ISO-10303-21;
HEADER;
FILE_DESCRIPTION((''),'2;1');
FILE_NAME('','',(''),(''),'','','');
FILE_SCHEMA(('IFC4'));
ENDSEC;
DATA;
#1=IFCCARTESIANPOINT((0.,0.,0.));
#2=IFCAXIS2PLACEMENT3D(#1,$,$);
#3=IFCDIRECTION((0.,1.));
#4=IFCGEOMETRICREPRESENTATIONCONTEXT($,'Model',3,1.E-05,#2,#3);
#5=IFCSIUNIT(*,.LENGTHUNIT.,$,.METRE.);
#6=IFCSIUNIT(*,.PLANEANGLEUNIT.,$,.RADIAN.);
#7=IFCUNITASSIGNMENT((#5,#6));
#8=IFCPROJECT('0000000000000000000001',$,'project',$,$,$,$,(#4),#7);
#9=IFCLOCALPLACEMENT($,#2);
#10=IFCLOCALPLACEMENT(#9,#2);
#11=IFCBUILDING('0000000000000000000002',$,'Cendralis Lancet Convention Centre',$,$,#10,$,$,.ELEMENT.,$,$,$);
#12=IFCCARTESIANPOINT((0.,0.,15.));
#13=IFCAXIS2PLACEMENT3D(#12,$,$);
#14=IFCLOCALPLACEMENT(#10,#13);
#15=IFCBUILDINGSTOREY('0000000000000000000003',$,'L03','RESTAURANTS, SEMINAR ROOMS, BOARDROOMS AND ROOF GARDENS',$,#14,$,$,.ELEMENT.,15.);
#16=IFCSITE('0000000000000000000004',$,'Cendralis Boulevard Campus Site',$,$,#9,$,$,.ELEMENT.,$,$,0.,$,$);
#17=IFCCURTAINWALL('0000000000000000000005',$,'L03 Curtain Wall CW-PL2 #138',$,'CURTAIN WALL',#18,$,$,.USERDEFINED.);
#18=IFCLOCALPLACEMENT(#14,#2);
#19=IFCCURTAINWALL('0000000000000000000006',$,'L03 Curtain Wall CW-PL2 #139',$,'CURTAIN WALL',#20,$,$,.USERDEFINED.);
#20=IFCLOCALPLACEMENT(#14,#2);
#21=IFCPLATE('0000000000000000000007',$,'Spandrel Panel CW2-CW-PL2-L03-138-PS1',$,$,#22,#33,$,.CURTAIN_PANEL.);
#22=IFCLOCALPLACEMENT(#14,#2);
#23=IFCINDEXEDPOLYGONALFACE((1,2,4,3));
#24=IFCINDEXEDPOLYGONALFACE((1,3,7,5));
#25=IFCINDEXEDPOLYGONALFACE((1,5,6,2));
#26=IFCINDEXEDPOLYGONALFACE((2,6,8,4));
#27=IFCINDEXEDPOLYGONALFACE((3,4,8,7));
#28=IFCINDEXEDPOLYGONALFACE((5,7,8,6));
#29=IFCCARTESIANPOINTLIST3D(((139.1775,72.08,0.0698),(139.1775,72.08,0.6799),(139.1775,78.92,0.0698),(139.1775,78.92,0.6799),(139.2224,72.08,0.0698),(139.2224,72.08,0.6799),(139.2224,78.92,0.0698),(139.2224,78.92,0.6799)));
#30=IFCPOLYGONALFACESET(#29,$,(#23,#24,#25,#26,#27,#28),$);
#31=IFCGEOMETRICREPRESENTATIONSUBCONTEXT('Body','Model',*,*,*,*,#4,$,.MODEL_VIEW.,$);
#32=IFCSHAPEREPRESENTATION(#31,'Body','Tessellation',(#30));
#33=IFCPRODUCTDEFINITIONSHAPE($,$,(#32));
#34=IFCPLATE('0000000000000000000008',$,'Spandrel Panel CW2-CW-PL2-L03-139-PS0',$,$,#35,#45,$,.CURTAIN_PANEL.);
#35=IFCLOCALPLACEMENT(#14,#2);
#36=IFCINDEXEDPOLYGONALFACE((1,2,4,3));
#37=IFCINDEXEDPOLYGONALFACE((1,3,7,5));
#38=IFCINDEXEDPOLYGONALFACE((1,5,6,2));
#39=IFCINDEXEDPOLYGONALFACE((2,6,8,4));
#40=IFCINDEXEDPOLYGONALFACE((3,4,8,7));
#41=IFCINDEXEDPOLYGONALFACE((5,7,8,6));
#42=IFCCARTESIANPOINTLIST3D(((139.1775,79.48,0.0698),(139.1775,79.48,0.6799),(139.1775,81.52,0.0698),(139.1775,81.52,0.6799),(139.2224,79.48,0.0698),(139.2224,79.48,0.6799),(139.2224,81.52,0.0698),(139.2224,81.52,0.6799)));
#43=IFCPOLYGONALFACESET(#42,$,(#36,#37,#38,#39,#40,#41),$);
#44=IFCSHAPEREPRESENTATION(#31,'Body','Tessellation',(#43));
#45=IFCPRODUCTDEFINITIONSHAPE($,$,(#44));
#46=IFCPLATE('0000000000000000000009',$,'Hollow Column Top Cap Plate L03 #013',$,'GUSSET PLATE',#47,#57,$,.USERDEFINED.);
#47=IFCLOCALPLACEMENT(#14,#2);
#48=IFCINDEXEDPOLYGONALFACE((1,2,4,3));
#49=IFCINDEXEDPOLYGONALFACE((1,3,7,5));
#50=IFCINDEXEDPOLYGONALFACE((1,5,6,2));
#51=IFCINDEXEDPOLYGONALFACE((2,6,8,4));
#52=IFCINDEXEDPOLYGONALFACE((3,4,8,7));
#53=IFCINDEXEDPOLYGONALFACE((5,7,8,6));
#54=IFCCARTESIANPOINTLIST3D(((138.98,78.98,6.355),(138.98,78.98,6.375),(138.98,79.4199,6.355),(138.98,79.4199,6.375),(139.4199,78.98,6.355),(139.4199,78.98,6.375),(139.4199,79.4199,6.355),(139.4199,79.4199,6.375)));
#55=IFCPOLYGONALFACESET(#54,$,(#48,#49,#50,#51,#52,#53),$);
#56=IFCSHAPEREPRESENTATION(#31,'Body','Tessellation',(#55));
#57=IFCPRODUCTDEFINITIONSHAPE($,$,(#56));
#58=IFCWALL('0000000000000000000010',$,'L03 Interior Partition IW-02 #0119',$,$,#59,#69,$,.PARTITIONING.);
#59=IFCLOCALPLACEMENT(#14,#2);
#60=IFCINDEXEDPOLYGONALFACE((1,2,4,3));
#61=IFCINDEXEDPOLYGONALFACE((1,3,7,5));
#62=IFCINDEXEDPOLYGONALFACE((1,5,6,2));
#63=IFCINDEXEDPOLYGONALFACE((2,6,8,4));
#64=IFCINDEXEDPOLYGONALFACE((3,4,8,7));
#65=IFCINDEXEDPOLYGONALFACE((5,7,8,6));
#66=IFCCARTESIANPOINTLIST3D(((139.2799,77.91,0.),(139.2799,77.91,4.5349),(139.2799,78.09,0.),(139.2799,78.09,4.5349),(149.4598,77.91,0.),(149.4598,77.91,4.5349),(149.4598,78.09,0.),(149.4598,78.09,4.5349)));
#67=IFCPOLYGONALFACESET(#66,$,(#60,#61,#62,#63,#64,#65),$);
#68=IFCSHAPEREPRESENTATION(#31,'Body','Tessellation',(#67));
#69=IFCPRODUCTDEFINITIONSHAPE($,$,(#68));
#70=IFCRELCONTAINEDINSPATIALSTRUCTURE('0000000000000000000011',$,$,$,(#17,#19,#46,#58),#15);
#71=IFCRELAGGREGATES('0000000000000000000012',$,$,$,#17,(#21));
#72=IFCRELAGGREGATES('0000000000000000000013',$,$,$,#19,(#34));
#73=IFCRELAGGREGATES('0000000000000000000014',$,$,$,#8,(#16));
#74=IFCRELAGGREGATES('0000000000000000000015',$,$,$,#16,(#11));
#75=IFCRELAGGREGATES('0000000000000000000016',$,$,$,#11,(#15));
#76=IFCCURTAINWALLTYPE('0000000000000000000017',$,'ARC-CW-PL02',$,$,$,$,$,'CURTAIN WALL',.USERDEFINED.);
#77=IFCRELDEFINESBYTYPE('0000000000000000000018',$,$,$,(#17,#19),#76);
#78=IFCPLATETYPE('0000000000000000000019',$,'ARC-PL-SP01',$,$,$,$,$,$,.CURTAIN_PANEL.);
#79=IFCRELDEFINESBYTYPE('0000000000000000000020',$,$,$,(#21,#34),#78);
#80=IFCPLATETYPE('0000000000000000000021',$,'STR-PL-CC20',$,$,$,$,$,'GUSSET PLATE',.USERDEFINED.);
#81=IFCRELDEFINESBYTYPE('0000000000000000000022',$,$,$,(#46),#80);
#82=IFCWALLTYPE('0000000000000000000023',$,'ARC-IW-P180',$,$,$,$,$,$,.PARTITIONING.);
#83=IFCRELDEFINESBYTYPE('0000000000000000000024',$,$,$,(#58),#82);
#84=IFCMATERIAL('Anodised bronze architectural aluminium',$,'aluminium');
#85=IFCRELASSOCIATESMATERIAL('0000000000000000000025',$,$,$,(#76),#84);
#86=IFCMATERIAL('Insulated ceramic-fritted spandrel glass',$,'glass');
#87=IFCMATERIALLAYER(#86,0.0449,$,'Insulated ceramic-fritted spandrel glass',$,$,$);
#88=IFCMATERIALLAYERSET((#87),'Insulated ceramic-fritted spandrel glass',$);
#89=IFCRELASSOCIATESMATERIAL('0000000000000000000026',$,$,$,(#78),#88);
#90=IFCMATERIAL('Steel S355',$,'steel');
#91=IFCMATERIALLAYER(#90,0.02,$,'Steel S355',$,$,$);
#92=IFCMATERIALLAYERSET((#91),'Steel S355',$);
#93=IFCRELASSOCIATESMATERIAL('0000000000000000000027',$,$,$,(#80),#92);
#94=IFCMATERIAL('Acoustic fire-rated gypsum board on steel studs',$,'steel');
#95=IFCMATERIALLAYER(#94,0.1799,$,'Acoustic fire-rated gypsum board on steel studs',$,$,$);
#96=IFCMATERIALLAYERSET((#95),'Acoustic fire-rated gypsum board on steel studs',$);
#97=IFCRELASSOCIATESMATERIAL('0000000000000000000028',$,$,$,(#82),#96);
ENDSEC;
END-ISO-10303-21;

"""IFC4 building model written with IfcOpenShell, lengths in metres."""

from ifc_helpers import new_model, si_unit, direction, frame, frame_2d, origin, origin_2d, place, context, subcontext, project, spatial, rectangle, extrude, material, layer, layer_set, type_object, element, aggregate, save


model = new_model("IFC4")

# Units and contexts
model_context = context("Model", 3, precision=1e-05, world=origin(), true_north=direction((0.0, 1.0)))
body_context = subcontext(model_context, "Body", "Model", "MODEL_VIEW")
ifc_project = project(units=[si_unit("LENGTHUNIT", "METRE"), si_unit("PLANEANGLEUNIT", "RADIAN")], contexts=[model_context])

# Site, building, storey
site_placement = place(None, origin())
site = spatial("IfcSite", under=ifc_project, at=site_placement, Name="Cendralis Boulevard Campus Site", CompositionType="ELEMENT", RefElevation=0.0)
building_placement = place(site_placement, origin())
building = spatial("IfcBuilding", under=site, at=building_placement, Name="Cendralis Lancet Convention Centre", CompositionType="ELEMENT")
storey_placement = place(building_placement, frame((0.0, 0.0, 15.0)))
storey = spatial("IfcBuildingStorey", under=building, at=storey_placement, Name="L03", Description="RESTAURANTS, SEMINAR ROOMS, BOARDROOMS AND ROOF GARDENS", CompositionType="ELEMENT", Elevation=15.0)

# Shared definitions
ifc_material_1 = material(Name="Steel S355", Category="steel")

# Curtain wall
ifc_material_2 = material(Name="Anodised bronze architectural aluminium", Category="aluminium")
curtain_wall_type = type_object("IfcCurtainWallType", Name="ARC-CW-PL02", ElementType="CURTAIN WALL", PredefinedType="USERDEFINED", material=ifc_material_2)
curtain_wall_1_placement = place(storey_placement, origin())
curtain_wall_1 = element("IfcCurtainWall", 1, at=curtain_wall_1_placement, inside=storey, type_object=curtain_wall_type, Name="L03 Curtain Wall CW-PL2 #138", ObjectType="CURTAIN WALL", PredefinedType="USERDEFINED")

# Curtain wall
curtain_wall_2_placement = place(storey_placement, origin())
curtain_wall_2 = element("IfcCurtainWall", 2, at=curtain_wall_2_placement, inside=storey, type_object=curtain_wall_type, Name="L03 Curtain Wall CW-PL2 #139", ObjectType="CURTAIN WALL", PredefinedType="USERDEFINED")

# Plates
ifc_material_3 = material(Name="Insulated ceramic-fritted spandrel glass", Category="glass")
ifc_layer_1 = layer(ifc_material_3, 0.0449, Name="Insulated ceramic-fritted spandrel glass")
ifc_layer_set_1 = layer_set([ifc_layer_1], Name="Insulated ceramic-fritted spandrel glass")
plate_type_1 = type_object("IfcPlateType", Name="ARC-PL-SP01", PredefinedType="CURTAIN_PANEL", material=ifc_layer_set_1)
plate_1_placement = place(storey_placement, frame((139.2, 75.5, 0.0698), z_axis=(0.0, 0.0, 1.0), x_axis=(0.0, 1.0, 0.0)))
plate_1 = element("IfcPlate", 3, at=plate_1_placement, type_object=plate_type_1, Name="Spandrel Panel CW2-CW-PL2-L03-138-PS1", PredefinedType="CURTAIN_PANEL", context=body_context, shape_type="SweptSolid", body=[
    extrude(rectangle(XDim=6.8401, YDim=0.0449, at=origin_2d()), origin(), (0.0, 0.0, 1.0), 0.6101),
])
aggregate(curtain_wall_1, [plate_1])
plate_2_placement = place(storey_placement, frame((139.2, 80.5, 0.0698), z_axis=(0.0, 0.0, 1.0), x_axis=(0.0, 1.0, 0.0)))
plate_2 = element("IfcPlate", 4, at=plate_2_placement, type_object=plate_type_1, Name="Spandrel Panel CW2-CW-PL2-L03-139-PS0", PredefinedType="CURTAIN_PANEL", context=body_context, shape_type="SweptSolid", body=[
    extrude(rectangle(XDim=2.04, YDim=0.0449, at=origin_2d()), origin(), (0.0, 0.0, 1.0), 0.6101),
])
aggregate(curtain_wall_2, [plate_2])
ifc_layer_2 = layer(ifc_material_1, 0.02, Name="Steel S355")
ifc_layer_set_2 = layer_set([ifc_layer_2], Name="Steel S355")
plate_type_2 = type_object("IfcPlateType", Name="STR-PL-CC20", ElementType="GUSSET PLATE", PredefinedType="USERDEFINED", material=ifc_layer_set_2)
plate_3_placement = place(storey_placement, frame((139.2, 79.2, 6.355), z_axis=(0.0, 0.0, 1.0), x_axis=(1.0, 0.0, 0.0)))
element("IfcPlate", 5, at=plate_3_placement, inside=storey, type_object=plate_type_2, Name="Hollow Column Top Cap Plate L03 #013", ObjectType="GUSSET PLATE", PredefinedType="USERDEFINED", context=body_context, shape_type="SweptSolid", body=[
    extrude(rectangle(XDim=0.4399, YDim=0.4399, at=origin_2d()), origin(), (0.0, 0.0, 1.0), 0.02),
])

# Shared definitions
ifc_material_4 = material(Name="Acoustic fire-rated gypsum board on steel studs", Category="steel")
ifc_layer_3 = layer(ifc_material_4, 0.1799, Name="Acoustic fire-rated gypsum board on steel studs")
ifc_layer_set_3 = layer_set([ifc_layer_3], Name="Acoustic fire-rated gypsum board on steel studs")
wall_type = type_object("IfcWallType", Name="ARC-IW-P180", PredefinedType="PARTITIONING", material=ifc_layer_set_3)

# Wall
wall_1_placement = place(storey_placement, frame((139.28, 78.0, 0.0), z_axis=(0.0, 0.0, 1.0), x_axis=(1.0, 0.0, 0.0)))
element("IfcWall", 6, at=wall_1_placement, inside=storey, type_object=wall_type, Name="L03 Interior Partition IW-02 #0119", PredefinedType="PARTITIONING", context=body_context, shape_type="SweptSolid", body=[
    extrude(rectangle(XDim=10.1799, YDim=0.1799, at=frame_2d((5.0898, 0.0))), origin(), (0.0, 0.0, 1.0), 4.5349),
])

save(model, "model.ifc")
